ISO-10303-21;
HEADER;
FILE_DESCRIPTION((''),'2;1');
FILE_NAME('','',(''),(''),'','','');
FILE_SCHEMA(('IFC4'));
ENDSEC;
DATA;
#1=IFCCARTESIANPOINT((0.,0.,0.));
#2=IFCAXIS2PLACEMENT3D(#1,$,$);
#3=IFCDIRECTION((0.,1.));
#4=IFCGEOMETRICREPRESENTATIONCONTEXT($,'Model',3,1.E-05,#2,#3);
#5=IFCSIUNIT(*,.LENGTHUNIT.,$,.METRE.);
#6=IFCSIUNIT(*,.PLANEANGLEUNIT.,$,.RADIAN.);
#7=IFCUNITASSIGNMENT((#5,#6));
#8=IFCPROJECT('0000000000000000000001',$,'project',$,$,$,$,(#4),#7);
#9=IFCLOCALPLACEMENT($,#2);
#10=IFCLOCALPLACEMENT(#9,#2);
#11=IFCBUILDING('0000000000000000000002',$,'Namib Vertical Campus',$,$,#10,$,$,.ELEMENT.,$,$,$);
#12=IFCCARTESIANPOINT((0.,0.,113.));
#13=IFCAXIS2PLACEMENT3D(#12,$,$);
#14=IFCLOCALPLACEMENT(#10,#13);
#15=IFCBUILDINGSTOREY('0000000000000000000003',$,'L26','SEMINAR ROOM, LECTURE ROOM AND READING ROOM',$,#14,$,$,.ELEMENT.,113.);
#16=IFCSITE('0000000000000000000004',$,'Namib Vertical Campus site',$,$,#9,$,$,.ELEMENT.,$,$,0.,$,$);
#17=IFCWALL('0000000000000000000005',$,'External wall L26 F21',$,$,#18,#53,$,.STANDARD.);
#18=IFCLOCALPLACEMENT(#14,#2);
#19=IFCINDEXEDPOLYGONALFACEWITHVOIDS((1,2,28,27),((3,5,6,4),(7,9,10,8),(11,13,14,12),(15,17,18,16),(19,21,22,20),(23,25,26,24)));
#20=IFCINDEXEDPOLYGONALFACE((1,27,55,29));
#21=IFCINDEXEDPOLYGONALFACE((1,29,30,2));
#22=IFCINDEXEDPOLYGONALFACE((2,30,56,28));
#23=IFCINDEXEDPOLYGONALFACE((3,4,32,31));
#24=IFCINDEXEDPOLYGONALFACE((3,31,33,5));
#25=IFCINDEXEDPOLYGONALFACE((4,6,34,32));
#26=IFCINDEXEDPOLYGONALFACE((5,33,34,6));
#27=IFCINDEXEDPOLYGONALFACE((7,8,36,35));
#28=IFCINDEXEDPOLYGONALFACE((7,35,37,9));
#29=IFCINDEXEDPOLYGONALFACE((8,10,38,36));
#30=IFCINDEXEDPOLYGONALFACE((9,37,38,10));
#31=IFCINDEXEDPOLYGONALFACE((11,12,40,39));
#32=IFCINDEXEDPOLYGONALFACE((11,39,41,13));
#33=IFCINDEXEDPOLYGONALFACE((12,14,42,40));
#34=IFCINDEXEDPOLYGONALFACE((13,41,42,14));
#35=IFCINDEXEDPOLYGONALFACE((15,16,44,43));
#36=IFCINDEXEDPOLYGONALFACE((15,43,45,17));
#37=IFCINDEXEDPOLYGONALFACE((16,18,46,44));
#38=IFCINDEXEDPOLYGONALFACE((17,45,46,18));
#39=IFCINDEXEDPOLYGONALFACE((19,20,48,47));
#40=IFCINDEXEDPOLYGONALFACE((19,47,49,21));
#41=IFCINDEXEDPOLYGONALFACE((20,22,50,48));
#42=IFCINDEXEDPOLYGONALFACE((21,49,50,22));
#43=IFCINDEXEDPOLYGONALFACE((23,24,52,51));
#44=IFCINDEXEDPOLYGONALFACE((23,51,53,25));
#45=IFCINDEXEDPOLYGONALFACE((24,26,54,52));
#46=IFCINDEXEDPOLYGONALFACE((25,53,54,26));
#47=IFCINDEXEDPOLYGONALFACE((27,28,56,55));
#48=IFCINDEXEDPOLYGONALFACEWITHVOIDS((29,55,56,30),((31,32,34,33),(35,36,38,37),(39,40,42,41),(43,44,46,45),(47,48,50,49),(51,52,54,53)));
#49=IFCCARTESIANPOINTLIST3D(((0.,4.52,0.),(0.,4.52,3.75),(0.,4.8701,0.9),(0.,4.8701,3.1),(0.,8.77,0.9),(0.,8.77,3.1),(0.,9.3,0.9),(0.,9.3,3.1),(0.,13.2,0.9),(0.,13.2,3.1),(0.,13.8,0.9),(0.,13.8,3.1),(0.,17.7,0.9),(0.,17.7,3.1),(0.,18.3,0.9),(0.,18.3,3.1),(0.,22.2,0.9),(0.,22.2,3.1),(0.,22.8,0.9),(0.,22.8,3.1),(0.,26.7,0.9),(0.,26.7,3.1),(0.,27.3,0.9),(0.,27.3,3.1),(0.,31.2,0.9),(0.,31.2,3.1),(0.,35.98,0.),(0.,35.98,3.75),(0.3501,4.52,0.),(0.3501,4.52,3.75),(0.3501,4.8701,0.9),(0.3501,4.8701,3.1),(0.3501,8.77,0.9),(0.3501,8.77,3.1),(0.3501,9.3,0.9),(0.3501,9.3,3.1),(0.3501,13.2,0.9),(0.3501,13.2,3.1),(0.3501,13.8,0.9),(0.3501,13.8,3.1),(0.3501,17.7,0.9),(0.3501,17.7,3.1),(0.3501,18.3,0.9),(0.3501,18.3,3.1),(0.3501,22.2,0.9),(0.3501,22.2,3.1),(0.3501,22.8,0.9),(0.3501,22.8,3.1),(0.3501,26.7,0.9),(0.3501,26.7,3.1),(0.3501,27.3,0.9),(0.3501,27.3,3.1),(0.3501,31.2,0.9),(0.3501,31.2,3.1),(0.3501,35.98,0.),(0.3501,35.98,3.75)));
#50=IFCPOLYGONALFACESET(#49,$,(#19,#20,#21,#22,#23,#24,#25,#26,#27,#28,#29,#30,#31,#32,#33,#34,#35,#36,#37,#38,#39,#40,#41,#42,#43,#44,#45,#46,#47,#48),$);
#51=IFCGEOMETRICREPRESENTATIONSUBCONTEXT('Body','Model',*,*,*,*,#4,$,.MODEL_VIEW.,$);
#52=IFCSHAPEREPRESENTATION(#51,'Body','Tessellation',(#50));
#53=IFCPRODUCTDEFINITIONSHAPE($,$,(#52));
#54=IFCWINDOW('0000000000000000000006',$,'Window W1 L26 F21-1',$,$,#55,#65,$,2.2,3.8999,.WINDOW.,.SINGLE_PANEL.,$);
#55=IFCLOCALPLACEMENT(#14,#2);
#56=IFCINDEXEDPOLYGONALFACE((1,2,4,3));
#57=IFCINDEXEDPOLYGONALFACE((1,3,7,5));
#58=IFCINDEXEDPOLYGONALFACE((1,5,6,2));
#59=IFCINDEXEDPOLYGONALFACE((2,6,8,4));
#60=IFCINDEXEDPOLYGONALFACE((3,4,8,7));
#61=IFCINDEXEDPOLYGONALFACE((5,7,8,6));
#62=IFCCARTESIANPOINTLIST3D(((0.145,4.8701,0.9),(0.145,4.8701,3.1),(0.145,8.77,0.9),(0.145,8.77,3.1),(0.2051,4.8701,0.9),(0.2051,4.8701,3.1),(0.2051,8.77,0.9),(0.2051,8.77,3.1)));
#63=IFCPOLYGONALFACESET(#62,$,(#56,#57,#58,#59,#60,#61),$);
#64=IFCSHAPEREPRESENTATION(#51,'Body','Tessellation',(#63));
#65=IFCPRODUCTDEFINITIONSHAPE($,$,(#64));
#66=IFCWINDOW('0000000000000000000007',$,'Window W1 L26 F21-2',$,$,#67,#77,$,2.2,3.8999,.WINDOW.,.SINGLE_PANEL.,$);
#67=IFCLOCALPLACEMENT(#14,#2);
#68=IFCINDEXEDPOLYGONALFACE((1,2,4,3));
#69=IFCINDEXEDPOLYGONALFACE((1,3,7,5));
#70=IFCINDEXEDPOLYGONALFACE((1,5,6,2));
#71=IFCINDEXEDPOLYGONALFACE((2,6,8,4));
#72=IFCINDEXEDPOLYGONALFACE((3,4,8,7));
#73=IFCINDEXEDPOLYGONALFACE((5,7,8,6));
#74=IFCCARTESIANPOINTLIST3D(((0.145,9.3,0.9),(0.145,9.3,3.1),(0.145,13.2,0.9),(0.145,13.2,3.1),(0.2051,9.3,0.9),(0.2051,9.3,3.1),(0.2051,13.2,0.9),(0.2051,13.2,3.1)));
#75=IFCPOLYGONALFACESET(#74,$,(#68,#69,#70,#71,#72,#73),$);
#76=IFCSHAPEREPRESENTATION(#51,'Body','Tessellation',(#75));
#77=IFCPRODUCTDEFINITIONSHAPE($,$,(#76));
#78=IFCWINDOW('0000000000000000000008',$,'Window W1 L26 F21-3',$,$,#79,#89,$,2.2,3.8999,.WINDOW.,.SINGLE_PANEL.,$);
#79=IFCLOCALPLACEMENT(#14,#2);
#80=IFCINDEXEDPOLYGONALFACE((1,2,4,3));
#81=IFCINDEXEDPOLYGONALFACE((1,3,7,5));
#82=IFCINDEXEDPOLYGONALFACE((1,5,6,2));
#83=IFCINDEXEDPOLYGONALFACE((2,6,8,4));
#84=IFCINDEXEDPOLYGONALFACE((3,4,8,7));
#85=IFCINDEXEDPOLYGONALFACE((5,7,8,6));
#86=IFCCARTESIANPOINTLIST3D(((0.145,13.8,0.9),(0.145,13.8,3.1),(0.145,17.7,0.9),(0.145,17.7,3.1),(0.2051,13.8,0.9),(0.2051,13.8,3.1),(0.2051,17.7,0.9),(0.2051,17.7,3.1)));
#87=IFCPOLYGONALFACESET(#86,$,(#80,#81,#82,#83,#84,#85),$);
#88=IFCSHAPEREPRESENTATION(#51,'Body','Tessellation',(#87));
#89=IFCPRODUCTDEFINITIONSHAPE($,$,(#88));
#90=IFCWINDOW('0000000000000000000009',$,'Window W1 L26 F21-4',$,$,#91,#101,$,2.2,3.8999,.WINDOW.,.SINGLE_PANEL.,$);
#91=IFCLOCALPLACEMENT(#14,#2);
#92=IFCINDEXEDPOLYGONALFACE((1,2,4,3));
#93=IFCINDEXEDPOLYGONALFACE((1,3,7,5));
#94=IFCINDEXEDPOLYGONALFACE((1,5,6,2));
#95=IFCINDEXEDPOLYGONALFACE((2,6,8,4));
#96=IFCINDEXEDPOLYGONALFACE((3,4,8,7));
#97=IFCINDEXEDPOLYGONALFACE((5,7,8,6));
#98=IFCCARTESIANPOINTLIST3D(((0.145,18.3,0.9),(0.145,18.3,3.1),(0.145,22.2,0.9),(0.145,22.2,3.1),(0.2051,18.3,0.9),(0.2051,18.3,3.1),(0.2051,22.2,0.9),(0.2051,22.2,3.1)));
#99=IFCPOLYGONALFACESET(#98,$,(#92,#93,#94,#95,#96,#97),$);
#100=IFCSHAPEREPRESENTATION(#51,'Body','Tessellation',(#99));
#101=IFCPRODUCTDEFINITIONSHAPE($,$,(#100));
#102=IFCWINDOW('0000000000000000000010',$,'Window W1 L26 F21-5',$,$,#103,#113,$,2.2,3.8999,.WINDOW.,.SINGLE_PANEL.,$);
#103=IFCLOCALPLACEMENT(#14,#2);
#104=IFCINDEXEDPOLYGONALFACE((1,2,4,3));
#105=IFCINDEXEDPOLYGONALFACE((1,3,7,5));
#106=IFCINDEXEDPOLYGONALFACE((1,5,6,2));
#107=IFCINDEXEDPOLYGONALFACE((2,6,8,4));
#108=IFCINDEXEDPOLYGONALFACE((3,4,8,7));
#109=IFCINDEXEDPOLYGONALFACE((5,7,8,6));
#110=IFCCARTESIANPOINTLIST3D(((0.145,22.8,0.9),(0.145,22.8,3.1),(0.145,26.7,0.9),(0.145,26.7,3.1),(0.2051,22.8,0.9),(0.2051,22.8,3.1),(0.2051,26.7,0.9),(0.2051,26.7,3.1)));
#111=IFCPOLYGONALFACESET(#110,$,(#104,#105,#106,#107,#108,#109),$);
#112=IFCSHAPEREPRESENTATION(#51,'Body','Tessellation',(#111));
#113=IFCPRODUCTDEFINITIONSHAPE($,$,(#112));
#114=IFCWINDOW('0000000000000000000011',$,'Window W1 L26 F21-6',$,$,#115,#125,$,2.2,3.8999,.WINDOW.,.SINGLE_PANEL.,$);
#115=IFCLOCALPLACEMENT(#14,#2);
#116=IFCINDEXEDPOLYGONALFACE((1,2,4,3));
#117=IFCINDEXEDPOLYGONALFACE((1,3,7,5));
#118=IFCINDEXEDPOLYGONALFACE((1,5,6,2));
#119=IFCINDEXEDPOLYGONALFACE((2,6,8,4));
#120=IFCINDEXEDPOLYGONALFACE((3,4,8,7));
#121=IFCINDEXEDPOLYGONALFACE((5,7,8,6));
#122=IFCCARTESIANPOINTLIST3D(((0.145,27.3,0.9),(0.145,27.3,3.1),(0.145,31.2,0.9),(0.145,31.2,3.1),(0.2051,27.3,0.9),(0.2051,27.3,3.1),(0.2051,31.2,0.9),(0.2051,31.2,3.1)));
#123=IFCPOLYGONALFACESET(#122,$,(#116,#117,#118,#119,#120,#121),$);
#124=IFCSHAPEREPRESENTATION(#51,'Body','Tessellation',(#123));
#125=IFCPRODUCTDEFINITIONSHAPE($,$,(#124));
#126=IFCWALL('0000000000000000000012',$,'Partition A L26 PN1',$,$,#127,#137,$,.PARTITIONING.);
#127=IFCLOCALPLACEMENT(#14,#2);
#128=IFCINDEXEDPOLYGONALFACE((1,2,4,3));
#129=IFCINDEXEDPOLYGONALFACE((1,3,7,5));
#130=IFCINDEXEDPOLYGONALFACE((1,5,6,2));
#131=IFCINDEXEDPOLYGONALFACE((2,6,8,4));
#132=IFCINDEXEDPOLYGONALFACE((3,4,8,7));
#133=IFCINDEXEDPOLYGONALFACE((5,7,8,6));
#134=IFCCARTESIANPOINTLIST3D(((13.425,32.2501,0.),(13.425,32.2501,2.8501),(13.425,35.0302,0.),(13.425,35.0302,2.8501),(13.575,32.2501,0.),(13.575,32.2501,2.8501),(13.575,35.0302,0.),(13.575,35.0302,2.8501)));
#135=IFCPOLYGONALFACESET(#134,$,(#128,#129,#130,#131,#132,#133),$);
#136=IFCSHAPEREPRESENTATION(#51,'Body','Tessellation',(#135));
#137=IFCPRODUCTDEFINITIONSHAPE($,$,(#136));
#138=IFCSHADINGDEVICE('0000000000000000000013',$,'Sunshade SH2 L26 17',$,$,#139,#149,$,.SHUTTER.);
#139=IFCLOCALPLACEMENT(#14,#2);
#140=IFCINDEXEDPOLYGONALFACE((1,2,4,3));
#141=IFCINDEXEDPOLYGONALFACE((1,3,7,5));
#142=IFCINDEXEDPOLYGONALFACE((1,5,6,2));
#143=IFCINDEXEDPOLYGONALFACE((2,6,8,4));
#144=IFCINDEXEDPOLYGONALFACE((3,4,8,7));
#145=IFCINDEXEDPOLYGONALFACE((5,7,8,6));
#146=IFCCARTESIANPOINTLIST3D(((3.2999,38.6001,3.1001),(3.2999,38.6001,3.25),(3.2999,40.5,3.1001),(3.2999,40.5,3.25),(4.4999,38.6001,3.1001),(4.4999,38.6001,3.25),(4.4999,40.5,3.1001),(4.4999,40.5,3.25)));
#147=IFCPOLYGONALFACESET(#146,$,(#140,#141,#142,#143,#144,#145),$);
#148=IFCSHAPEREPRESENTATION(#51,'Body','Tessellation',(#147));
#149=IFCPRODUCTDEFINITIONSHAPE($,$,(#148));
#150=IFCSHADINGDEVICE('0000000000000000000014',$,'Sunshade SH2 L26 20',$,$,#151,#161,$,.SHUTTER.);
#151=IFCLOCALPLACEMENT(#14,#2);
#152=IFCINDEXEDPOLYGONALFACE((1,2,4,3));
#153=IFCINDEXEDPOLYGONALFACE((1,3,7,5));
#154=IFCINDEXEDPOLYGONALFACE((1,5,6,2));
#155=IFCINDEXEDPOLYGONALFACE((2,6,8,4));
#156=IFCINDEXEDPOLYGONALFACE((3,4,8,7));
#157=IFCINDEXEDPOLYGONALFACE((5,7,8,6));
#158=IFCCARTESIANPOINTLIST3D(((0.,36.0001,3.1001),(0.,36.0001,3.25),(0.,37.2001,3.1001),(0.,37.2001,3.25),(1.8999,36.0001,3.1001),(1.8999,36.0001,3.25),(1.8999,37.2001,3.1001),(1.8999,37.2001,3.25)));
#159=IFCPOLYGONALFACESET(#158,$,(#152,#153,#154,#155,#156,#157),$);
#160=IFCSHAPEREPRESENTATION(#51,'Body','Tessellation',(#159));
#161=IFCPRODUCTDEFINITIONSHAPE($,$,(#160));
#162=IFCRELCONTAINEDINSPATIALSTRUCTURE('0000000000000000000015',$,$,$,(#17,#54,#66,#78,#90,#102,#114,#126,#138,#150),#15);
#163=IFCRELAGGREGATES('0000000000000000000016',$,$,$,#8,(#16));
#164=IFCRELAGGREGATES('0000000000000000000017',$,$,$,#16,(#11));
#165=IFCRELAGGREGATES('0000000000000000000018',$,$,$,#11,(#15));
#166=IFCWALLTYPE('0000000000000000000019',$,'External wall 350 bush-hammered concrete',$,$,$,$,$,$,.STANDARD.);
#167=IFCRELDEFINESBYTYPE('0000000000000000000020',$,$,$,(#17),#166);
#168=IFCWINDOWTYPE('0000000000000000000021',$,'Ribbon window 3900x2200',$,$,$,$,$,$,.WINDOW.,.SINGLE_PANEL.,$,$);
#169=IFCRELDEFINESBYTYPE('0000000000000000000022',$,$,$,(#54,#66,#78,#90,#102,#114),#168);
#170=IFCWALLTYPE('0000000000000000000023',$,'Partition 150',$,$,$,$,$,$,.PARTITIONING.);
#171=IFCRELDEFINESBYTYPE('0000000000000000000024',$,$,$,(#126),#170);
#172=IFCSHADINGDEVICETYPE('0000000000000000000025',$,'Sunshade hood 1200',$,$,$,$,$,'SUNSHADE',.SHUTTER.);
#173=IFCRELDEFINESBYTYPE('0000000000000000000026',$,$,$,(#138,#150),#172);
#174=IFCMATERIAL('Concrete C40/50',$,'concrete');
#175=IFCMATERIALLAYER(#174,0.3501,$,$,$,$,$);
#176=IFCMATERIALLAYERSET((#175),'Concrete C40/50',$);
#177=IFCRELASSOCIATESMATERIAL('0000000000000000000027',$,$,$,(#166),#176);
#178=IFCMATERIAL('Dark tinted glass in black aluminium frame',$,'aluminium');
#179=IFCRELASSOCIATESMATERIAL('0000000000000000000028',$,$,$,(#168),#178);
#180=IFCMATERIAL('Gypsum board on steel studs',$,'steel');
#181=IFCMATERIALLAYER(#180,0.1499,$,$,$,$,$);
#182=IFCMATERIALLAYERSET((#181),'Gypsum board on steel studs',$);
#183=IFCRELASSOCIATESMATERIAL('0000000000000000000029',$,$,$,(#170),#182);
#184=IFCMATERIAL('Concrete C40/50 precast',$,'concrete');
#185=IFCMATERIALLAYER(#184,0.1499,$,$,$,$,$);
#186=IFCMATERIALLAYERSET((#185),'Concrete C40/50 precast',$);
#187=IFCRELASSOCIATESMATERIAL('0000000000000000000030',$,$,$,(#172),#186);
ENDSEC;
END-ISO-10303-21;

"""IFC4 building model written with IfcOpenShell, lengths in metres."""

from ifc_helpers import new_model, si_unit, direction, frame, frame_2d, origin, origin_2d, place, context, subcontext, project, spatial, rectangle, extrude, material, layer, layer_set, type_object, element, fill, save


model = new_model("IFC4")

# Units and contexts
model_context = context("Model", 3, precision=1e-05, world=origin(), true_north=direction((0.0, 1.0)))
body_context = subcontext(model_context, "Body", "Model", "MODEL_VIEW")
ifc_project = project(units=[si_unit("LENGTHUNIT", "METRE"), si_unit("PLANEANGLEUNIT", "RADIAN")], contexts=[model_context])

# Site, building, storey
site_placement = place(None, origin())
site = spatial("IfcSite", under=ifc_project, at=site_placement, Name="Namib Vertical Campus site", CompositionType="ELEMENT", RefElevation=0.0)
building_placement = place(site_placement, origin())
building = spatial("IfcBuilding", under=site, at=building_placement, Name="Namib Vertical Campus", CompositionType="ELEMENT")
storey_placement = place(building_placement, frame((0.0, 0.0, 113.0)))
storey = spatial("IfcBuildingStorey", under=building, at=storey_placement, Name="L26", Description="SEMINAR ROOM, LECTURE ROOM AND READING ROOM", CompositionType="ELEMENT", Elevation=113.0)

# Shared definitions
ifc_material_1 = material(Name="Concrete C40/50", Category="concrete")
ifc_layer_1 = layer(ifc_material_1, 0.3501)
ifc_layer_set_1 = layer_set([ifc_layer_1], Name="Concrete C40/50")
wall_type_1 = type_object("IfcWallType", Name="External wall 350 bush-hammered concrete", PredefinedType="STANDARD", material=ifc_layer_set_1)

# Wall, openings, windows
wall_1_placement = place(storey_placement, frame((0.175, 35.98, 0.0), z_axis=(0.0, 0.0, 1.0), x_axis=(0.0, -1.0, 0.0)))
wall_1 = element("IfcWall", 1, at=wall_1_placement, inside=storey, type_object=wall_type_1, Name="External wall L26 F21", PredefinedType="STANDARD", context=body_context, shape_type="SweptSolid", body=[
    extrude(rectangle(XDim=31.46, YDim=0.3501, at=frame_2d((15.73, 0.0))), origin(), (0.0, 0.0, 1.0), 3.75),
])
opening_1_placement = place(wall_1_placement, frame((27.21, 0.0, 0.8999)))
opening_1 = element("IfcOpeningElement", 2, at=opening_1_placement, cuts=wall_1, PredefinedType="OPENING", context=body_context, shape_type="SweptSolid", body=[
    extrude(rectangle(XDim=3.8999, YDim=2.2, at=frame_2d((1.95, 1.1001))), frame((0.0, 0.1851, 0.0), z_axis=(0.0, -1.0, 0.0), x_axis=(1.0, 0.0, 0.0)), (0.0, 0.0, 1.0), 0.3701),
])
opening_2_placement = place(wall_1_placement, frame((22.78, 0.0, 0.8999)))
opening_2 = element("IfcOpeningElement", 3, at=opening_2_placement, cuts=wall_1, PredefinedType="OPENING", context=body_context, shape_type="SweptSolid", body=[
    extrude(rectangle(XDim=3.8999, YDim=2.2, at=frame_2d((1.95, 1.1001))), frame((0.0, 0.1851, 0.0), z_axis=(0.0, -1.0, 0.0), x_axis=(1.0, 0.0, 0.0)), (0.0, 0.0, 1.0), 0.3701),
])
opening_3_placement = place(wall_1_placement, frame((18.28, 0.0, 0.8999)))
opening_3 = element("IfcOpeningElement", 4, at=opening_3_placement, cuts=wall_1, PredefinedType="OPENING", context=body_context, shape_type="SweptSolid", body=[
    extrude(rectangle(XDim=3.8999, YDim=2.2, at=frame_2d((1.95, 1.1001))), frame((0.0, 0.1851, 0.0), z_axis=(0.0, -1.0, 0.0), x_axis=(1.0, 0.0, 0.0)), (0.0, 0.0, 1.0), 0.3701),
])
opening_4_placement = place(wall_1_placement, frame((13.78, 0.0, 0.8999)))
opening_4 = element("IfcOpeningElement", 5, at=opening_4_placement, cuts=wall_1, PredefinedType="OPENING", context=body_context, shape_type="SweptSolid", body=[
    extrude(rectangle(XDim=3.8999, YDim=2.2, at=frame_2d((1.95, 1.1001))), frame((0.0, 0.1851, 0.0), z_axis=(0.0, -1.0, 0.0), x_axis=(1.0, 0.0, 0.0)), (0.0, 0.0, 1.0), 0.3701),
])
opening_5_placement = place(wall_1_placement, frame((9.28, 0.0, 0.8999)))
opening_5 = element("IfcOpeningElement", 6, at=opening_5_placement, cuts=wall_1, PredefinedType="OPENING", context=body_context, shape_type="SweptSolid", body=[
    extrude(rectangle(XDim=3.8999, YDim=2.2, at=frame_2d((1.95, 1.1001))), frame((0.0, 0.1851, 0.0), z_axis=(0.0, -1.0, 0.0), x_axis=(1.0, 0.0, 0.0)), (0.0, 0.0, 1.0), 0.3701),
])
opening_6_placement = place(wall_1_placement, frame((4.78, 0.0, 0.8999)))
opening_6 = element("IfcOpeningElement", 7, at=opening_6_placement, cuts=wall_1, PredefinedType="OPENING", context=body_context, shape_type="SweptSolid", body=[
    extrude(rectangle(XDim=3.8999, YDim=2.2, at=frame_2d((1.95, 1.1001))), frame((0.0, 0.1851, 0.0), z_axis=(0.0, -1.0, 0.0), x_axis=(1.0, 0.0, 0.0)), (0.0, 0.0, 1.0), 0.3701),
])
ifc_material_2 = material(Name="Dark tinted glass in black aluminium frame", Category="aluminium")
window_type = type_object("IfcWindowType", Name="Ribbon window 3900x2200", PartitioningType="SINGLE_PANEL", PredefinedType="WINDOW", material=ifc_material_2)
window_1_placement = place(opening_1_placement, origin())
window_1 = element("IfcWindow", 8, at=window_1_placement, inside=storey, type_object=window_type, Name="Window W1 L26 F21-1", OverallHeight=2.2, OverallWidth=3.8999, PartitioningType="SINGLE_PANEL", PredefinedType="WINDOW", context=body_context, shape_type="SweptSolid", body=[
    extrude(rectangle(XDim=3.8999, YDim=2.2, at=frame_2d((1.95, 1.1001))), frame((0.0, 0.03, 0.0), z_axis=(0.0, -1.0, 0.0), x_axis=(1.0, 0.0, 0.0)), (0.0, 0.0, 1.0), 0.0601),
])
fill(opening_1, window_1)
window_2_placement = place(opening_2_placement, origin())
window_2 = element("IfcWindow", 9, at=window_2_placement, inside=storey, type_object=window_type, Name="Window W1 L26 F21-2", OverallHeight=2.2, OverallWidth=3.8999, PartitioningType="SINGLE_PANEL", PredefinedType="WINDOW", context=body_context, shape_type="SweptSolid", body=[
    extrude(rectangle(XDim=3.8999, YDim=2.2, at=frame_2d((1.95, 1.1001))), frame((0.0, 0.03, 0.0), z_axis=(0.0, -1.0, 0.0), x_axis=(1.0, 0.0, 0.0)), (0.0, 0.0, 1.0), 0.0601),
])
fill(opening_2, window_2)
window_3_placement = place(opening_3_placement, origin())
window_3 = element("IfcWindow", 10, at=window_3_placement, inside=storey, type_object=window_type, Name="Window W1 L26 F21-3", OverallHeight=2.2, OverallWidth=3.8999, PartitioningType="SINGLE_PANEL", PredefinedType="WINDOW", context=body_context, shape_type="SweptSolid", body=[
    extrude(rectangle(XDim=3.8999, YDim=2.2, at=frame_2d((1.95, 1.1001))), frame((0.0, 0.03, 0.0), z_axis=(0.0, -1.0, 0.0), x_axis=(1.0, 0.0, 0.0)), (0.0, 0.0, 1.0), 0.0601),
])
fill(opening_3, window_3)
window_4_placement = place(opening_4_placement, origin())
window_4 = element("IfcWindow", 11, at=window_4_placement, inside=storey, type_object=window_type, Name="Window W1 L26 F21-4", OverallHeight=2.2, OverallWidth=3.8999, PartitioningType="SINGLE_PANEL", PredefinedType="WINDOW", context=body_context, shape_type="SweptSolid", body=[
    extrude(rectangle(XDim=3.8999, YDim=2.2, at=frame_2d((1.95, 1.1001))), frame((0.0, 0.03, 0.0), z_axis=(0.0, -1.0, 0.0), x_axis=(1.0, 0.0, 0.0)), (0.0, 0.0, 1.0), 0.0601),
])
fill(opening_4, window_4)
window_5_placement = place(opening_5_placement, origin())
window_5 = element("IfcWindow", 12, at=window_5_placement, inside=storey, type_object=window_type, Name="Window W1 L26 F21-5", OverallHeight=2.2, OverallWidth=3.8999, PartitioningType="SINGLE_PANEL", PredefinedType="WINDOW", context=body_context, shape_type="SweptSolid", body=[
    extrude(rectangle(XDim=3.8999, YDim=2.2, at=frame_2d((1.95, 1.1001))), frame((0.0, 0.03, 0.0), z_axis=(0.0, -1.0, 0.0), x_axis=(1.0, 0.0, 0.0)), (0.0, 0.0, 1.0), 0.0601),
])
fill(opening_5, window_5)
window_6_placement = place(opening_6_placement, origin())
window_6 = element("IfcWindow", 13, at=window_6_placement, inside=storey, type_object=window_type, Name="Window W1 L26 F21-6", OverallHeight=2.2, OverallWidth=3.8999, PartitioningType="SINGLE_PANEL", PredefinedType="WINDOW", context=body_context, shape_type="SweptSolid", body=[
    extrude(rectangle(XDim=3.8999, YDim=2.2, at=frame_2d((1.95, 1.1001))), frame((0.0, 0.03, 0.0), z_axis=(0.0, -1.0, 0.0), x_axis=(1.0, 0.0, 0.0)), (0.0, 0.0, 1.0), 0.0601),
])
fill(opening_6, window_6)

# Wall
ifc_material_3 = material(Name="Gypsum board on steel studs", Category="steel")
ifc_layer_2 = layer(ifc_material_3, 0.1499)
ifc_layer_set_2 = layer_set([ifc_layer_2], Name="Gypsum board on steel studs")
wall_type_2 = type_object("IfcWallType", Name="Partition 150", PredefinedType="PARTITIONING", material=ifc_layer_set_2)
wall_2_placement = place(storey_placement, frame((13.5, 32.25, 0.0), z_axis=(0.0, 0.0, 1.0), x_axis=(0.0, 1.0, 0.0)))
element("IfcWall", 14, at=wall_2_placement, inside=storey, type_object=wall_type_2, Name="Partition A L26 PN1", PredefinedType="PARTITIONING", context=body_context, shape_type="SweptSolid", body=[
    extrude(rectangle(XDim=2.78, YDim=0.1499, at=frame_2d((1.3901, 0.0))), origin(), (0.0, 0.0, 1.0), 2.8501),
])

# Shading devices
ifc_material_4 = material(Name="Concrete C40/50 precast", Category="concrete")
ifc_layer_3 = layer(ifc_material_4, 0.1499)
ifc_layer_set_3 = layer_set([ifc_layer_3], Name="Concrete C40/50 precast")
shading_device_type = type_object("IfcShadingDeviceType", Name="Sunshade hood 1200", ElementType="SUNSHADE", PredefinedType="SHUTTER", material=ifc_layer_set_3)
for number, where, z_axis, x_axis, name in (
    (15, (3.8999, 39.55, 3.1001), (0.0, 0.0, 1.0), (0.0, -1.0, 0.0), "Sunshade SH2 L26 17"),
    (16, (0.95, 36.6001, 3.1001), (0.0, 0.0, 1.0), (-1.0, 0.0, 0.0), "Sunshade SH2 L26 20"),
):
    element("IfcShadingDevice", number, at=place(storey_placement, frame(where, z_axis=z_axis, x_axis=x_axis)), inside=storey, type_object=shading_device_type, Name=name, PredefinedType="SHUTTER", context=body_context, shape_type="SweptSolid", body=[
        extrude(rectangle(XDim=1.8999, YDim=1.2, at=origin_2d()), origin(), (0.0, 0.0, 1.0), 0.1499),
    ])

save(model, "model.ifc")
